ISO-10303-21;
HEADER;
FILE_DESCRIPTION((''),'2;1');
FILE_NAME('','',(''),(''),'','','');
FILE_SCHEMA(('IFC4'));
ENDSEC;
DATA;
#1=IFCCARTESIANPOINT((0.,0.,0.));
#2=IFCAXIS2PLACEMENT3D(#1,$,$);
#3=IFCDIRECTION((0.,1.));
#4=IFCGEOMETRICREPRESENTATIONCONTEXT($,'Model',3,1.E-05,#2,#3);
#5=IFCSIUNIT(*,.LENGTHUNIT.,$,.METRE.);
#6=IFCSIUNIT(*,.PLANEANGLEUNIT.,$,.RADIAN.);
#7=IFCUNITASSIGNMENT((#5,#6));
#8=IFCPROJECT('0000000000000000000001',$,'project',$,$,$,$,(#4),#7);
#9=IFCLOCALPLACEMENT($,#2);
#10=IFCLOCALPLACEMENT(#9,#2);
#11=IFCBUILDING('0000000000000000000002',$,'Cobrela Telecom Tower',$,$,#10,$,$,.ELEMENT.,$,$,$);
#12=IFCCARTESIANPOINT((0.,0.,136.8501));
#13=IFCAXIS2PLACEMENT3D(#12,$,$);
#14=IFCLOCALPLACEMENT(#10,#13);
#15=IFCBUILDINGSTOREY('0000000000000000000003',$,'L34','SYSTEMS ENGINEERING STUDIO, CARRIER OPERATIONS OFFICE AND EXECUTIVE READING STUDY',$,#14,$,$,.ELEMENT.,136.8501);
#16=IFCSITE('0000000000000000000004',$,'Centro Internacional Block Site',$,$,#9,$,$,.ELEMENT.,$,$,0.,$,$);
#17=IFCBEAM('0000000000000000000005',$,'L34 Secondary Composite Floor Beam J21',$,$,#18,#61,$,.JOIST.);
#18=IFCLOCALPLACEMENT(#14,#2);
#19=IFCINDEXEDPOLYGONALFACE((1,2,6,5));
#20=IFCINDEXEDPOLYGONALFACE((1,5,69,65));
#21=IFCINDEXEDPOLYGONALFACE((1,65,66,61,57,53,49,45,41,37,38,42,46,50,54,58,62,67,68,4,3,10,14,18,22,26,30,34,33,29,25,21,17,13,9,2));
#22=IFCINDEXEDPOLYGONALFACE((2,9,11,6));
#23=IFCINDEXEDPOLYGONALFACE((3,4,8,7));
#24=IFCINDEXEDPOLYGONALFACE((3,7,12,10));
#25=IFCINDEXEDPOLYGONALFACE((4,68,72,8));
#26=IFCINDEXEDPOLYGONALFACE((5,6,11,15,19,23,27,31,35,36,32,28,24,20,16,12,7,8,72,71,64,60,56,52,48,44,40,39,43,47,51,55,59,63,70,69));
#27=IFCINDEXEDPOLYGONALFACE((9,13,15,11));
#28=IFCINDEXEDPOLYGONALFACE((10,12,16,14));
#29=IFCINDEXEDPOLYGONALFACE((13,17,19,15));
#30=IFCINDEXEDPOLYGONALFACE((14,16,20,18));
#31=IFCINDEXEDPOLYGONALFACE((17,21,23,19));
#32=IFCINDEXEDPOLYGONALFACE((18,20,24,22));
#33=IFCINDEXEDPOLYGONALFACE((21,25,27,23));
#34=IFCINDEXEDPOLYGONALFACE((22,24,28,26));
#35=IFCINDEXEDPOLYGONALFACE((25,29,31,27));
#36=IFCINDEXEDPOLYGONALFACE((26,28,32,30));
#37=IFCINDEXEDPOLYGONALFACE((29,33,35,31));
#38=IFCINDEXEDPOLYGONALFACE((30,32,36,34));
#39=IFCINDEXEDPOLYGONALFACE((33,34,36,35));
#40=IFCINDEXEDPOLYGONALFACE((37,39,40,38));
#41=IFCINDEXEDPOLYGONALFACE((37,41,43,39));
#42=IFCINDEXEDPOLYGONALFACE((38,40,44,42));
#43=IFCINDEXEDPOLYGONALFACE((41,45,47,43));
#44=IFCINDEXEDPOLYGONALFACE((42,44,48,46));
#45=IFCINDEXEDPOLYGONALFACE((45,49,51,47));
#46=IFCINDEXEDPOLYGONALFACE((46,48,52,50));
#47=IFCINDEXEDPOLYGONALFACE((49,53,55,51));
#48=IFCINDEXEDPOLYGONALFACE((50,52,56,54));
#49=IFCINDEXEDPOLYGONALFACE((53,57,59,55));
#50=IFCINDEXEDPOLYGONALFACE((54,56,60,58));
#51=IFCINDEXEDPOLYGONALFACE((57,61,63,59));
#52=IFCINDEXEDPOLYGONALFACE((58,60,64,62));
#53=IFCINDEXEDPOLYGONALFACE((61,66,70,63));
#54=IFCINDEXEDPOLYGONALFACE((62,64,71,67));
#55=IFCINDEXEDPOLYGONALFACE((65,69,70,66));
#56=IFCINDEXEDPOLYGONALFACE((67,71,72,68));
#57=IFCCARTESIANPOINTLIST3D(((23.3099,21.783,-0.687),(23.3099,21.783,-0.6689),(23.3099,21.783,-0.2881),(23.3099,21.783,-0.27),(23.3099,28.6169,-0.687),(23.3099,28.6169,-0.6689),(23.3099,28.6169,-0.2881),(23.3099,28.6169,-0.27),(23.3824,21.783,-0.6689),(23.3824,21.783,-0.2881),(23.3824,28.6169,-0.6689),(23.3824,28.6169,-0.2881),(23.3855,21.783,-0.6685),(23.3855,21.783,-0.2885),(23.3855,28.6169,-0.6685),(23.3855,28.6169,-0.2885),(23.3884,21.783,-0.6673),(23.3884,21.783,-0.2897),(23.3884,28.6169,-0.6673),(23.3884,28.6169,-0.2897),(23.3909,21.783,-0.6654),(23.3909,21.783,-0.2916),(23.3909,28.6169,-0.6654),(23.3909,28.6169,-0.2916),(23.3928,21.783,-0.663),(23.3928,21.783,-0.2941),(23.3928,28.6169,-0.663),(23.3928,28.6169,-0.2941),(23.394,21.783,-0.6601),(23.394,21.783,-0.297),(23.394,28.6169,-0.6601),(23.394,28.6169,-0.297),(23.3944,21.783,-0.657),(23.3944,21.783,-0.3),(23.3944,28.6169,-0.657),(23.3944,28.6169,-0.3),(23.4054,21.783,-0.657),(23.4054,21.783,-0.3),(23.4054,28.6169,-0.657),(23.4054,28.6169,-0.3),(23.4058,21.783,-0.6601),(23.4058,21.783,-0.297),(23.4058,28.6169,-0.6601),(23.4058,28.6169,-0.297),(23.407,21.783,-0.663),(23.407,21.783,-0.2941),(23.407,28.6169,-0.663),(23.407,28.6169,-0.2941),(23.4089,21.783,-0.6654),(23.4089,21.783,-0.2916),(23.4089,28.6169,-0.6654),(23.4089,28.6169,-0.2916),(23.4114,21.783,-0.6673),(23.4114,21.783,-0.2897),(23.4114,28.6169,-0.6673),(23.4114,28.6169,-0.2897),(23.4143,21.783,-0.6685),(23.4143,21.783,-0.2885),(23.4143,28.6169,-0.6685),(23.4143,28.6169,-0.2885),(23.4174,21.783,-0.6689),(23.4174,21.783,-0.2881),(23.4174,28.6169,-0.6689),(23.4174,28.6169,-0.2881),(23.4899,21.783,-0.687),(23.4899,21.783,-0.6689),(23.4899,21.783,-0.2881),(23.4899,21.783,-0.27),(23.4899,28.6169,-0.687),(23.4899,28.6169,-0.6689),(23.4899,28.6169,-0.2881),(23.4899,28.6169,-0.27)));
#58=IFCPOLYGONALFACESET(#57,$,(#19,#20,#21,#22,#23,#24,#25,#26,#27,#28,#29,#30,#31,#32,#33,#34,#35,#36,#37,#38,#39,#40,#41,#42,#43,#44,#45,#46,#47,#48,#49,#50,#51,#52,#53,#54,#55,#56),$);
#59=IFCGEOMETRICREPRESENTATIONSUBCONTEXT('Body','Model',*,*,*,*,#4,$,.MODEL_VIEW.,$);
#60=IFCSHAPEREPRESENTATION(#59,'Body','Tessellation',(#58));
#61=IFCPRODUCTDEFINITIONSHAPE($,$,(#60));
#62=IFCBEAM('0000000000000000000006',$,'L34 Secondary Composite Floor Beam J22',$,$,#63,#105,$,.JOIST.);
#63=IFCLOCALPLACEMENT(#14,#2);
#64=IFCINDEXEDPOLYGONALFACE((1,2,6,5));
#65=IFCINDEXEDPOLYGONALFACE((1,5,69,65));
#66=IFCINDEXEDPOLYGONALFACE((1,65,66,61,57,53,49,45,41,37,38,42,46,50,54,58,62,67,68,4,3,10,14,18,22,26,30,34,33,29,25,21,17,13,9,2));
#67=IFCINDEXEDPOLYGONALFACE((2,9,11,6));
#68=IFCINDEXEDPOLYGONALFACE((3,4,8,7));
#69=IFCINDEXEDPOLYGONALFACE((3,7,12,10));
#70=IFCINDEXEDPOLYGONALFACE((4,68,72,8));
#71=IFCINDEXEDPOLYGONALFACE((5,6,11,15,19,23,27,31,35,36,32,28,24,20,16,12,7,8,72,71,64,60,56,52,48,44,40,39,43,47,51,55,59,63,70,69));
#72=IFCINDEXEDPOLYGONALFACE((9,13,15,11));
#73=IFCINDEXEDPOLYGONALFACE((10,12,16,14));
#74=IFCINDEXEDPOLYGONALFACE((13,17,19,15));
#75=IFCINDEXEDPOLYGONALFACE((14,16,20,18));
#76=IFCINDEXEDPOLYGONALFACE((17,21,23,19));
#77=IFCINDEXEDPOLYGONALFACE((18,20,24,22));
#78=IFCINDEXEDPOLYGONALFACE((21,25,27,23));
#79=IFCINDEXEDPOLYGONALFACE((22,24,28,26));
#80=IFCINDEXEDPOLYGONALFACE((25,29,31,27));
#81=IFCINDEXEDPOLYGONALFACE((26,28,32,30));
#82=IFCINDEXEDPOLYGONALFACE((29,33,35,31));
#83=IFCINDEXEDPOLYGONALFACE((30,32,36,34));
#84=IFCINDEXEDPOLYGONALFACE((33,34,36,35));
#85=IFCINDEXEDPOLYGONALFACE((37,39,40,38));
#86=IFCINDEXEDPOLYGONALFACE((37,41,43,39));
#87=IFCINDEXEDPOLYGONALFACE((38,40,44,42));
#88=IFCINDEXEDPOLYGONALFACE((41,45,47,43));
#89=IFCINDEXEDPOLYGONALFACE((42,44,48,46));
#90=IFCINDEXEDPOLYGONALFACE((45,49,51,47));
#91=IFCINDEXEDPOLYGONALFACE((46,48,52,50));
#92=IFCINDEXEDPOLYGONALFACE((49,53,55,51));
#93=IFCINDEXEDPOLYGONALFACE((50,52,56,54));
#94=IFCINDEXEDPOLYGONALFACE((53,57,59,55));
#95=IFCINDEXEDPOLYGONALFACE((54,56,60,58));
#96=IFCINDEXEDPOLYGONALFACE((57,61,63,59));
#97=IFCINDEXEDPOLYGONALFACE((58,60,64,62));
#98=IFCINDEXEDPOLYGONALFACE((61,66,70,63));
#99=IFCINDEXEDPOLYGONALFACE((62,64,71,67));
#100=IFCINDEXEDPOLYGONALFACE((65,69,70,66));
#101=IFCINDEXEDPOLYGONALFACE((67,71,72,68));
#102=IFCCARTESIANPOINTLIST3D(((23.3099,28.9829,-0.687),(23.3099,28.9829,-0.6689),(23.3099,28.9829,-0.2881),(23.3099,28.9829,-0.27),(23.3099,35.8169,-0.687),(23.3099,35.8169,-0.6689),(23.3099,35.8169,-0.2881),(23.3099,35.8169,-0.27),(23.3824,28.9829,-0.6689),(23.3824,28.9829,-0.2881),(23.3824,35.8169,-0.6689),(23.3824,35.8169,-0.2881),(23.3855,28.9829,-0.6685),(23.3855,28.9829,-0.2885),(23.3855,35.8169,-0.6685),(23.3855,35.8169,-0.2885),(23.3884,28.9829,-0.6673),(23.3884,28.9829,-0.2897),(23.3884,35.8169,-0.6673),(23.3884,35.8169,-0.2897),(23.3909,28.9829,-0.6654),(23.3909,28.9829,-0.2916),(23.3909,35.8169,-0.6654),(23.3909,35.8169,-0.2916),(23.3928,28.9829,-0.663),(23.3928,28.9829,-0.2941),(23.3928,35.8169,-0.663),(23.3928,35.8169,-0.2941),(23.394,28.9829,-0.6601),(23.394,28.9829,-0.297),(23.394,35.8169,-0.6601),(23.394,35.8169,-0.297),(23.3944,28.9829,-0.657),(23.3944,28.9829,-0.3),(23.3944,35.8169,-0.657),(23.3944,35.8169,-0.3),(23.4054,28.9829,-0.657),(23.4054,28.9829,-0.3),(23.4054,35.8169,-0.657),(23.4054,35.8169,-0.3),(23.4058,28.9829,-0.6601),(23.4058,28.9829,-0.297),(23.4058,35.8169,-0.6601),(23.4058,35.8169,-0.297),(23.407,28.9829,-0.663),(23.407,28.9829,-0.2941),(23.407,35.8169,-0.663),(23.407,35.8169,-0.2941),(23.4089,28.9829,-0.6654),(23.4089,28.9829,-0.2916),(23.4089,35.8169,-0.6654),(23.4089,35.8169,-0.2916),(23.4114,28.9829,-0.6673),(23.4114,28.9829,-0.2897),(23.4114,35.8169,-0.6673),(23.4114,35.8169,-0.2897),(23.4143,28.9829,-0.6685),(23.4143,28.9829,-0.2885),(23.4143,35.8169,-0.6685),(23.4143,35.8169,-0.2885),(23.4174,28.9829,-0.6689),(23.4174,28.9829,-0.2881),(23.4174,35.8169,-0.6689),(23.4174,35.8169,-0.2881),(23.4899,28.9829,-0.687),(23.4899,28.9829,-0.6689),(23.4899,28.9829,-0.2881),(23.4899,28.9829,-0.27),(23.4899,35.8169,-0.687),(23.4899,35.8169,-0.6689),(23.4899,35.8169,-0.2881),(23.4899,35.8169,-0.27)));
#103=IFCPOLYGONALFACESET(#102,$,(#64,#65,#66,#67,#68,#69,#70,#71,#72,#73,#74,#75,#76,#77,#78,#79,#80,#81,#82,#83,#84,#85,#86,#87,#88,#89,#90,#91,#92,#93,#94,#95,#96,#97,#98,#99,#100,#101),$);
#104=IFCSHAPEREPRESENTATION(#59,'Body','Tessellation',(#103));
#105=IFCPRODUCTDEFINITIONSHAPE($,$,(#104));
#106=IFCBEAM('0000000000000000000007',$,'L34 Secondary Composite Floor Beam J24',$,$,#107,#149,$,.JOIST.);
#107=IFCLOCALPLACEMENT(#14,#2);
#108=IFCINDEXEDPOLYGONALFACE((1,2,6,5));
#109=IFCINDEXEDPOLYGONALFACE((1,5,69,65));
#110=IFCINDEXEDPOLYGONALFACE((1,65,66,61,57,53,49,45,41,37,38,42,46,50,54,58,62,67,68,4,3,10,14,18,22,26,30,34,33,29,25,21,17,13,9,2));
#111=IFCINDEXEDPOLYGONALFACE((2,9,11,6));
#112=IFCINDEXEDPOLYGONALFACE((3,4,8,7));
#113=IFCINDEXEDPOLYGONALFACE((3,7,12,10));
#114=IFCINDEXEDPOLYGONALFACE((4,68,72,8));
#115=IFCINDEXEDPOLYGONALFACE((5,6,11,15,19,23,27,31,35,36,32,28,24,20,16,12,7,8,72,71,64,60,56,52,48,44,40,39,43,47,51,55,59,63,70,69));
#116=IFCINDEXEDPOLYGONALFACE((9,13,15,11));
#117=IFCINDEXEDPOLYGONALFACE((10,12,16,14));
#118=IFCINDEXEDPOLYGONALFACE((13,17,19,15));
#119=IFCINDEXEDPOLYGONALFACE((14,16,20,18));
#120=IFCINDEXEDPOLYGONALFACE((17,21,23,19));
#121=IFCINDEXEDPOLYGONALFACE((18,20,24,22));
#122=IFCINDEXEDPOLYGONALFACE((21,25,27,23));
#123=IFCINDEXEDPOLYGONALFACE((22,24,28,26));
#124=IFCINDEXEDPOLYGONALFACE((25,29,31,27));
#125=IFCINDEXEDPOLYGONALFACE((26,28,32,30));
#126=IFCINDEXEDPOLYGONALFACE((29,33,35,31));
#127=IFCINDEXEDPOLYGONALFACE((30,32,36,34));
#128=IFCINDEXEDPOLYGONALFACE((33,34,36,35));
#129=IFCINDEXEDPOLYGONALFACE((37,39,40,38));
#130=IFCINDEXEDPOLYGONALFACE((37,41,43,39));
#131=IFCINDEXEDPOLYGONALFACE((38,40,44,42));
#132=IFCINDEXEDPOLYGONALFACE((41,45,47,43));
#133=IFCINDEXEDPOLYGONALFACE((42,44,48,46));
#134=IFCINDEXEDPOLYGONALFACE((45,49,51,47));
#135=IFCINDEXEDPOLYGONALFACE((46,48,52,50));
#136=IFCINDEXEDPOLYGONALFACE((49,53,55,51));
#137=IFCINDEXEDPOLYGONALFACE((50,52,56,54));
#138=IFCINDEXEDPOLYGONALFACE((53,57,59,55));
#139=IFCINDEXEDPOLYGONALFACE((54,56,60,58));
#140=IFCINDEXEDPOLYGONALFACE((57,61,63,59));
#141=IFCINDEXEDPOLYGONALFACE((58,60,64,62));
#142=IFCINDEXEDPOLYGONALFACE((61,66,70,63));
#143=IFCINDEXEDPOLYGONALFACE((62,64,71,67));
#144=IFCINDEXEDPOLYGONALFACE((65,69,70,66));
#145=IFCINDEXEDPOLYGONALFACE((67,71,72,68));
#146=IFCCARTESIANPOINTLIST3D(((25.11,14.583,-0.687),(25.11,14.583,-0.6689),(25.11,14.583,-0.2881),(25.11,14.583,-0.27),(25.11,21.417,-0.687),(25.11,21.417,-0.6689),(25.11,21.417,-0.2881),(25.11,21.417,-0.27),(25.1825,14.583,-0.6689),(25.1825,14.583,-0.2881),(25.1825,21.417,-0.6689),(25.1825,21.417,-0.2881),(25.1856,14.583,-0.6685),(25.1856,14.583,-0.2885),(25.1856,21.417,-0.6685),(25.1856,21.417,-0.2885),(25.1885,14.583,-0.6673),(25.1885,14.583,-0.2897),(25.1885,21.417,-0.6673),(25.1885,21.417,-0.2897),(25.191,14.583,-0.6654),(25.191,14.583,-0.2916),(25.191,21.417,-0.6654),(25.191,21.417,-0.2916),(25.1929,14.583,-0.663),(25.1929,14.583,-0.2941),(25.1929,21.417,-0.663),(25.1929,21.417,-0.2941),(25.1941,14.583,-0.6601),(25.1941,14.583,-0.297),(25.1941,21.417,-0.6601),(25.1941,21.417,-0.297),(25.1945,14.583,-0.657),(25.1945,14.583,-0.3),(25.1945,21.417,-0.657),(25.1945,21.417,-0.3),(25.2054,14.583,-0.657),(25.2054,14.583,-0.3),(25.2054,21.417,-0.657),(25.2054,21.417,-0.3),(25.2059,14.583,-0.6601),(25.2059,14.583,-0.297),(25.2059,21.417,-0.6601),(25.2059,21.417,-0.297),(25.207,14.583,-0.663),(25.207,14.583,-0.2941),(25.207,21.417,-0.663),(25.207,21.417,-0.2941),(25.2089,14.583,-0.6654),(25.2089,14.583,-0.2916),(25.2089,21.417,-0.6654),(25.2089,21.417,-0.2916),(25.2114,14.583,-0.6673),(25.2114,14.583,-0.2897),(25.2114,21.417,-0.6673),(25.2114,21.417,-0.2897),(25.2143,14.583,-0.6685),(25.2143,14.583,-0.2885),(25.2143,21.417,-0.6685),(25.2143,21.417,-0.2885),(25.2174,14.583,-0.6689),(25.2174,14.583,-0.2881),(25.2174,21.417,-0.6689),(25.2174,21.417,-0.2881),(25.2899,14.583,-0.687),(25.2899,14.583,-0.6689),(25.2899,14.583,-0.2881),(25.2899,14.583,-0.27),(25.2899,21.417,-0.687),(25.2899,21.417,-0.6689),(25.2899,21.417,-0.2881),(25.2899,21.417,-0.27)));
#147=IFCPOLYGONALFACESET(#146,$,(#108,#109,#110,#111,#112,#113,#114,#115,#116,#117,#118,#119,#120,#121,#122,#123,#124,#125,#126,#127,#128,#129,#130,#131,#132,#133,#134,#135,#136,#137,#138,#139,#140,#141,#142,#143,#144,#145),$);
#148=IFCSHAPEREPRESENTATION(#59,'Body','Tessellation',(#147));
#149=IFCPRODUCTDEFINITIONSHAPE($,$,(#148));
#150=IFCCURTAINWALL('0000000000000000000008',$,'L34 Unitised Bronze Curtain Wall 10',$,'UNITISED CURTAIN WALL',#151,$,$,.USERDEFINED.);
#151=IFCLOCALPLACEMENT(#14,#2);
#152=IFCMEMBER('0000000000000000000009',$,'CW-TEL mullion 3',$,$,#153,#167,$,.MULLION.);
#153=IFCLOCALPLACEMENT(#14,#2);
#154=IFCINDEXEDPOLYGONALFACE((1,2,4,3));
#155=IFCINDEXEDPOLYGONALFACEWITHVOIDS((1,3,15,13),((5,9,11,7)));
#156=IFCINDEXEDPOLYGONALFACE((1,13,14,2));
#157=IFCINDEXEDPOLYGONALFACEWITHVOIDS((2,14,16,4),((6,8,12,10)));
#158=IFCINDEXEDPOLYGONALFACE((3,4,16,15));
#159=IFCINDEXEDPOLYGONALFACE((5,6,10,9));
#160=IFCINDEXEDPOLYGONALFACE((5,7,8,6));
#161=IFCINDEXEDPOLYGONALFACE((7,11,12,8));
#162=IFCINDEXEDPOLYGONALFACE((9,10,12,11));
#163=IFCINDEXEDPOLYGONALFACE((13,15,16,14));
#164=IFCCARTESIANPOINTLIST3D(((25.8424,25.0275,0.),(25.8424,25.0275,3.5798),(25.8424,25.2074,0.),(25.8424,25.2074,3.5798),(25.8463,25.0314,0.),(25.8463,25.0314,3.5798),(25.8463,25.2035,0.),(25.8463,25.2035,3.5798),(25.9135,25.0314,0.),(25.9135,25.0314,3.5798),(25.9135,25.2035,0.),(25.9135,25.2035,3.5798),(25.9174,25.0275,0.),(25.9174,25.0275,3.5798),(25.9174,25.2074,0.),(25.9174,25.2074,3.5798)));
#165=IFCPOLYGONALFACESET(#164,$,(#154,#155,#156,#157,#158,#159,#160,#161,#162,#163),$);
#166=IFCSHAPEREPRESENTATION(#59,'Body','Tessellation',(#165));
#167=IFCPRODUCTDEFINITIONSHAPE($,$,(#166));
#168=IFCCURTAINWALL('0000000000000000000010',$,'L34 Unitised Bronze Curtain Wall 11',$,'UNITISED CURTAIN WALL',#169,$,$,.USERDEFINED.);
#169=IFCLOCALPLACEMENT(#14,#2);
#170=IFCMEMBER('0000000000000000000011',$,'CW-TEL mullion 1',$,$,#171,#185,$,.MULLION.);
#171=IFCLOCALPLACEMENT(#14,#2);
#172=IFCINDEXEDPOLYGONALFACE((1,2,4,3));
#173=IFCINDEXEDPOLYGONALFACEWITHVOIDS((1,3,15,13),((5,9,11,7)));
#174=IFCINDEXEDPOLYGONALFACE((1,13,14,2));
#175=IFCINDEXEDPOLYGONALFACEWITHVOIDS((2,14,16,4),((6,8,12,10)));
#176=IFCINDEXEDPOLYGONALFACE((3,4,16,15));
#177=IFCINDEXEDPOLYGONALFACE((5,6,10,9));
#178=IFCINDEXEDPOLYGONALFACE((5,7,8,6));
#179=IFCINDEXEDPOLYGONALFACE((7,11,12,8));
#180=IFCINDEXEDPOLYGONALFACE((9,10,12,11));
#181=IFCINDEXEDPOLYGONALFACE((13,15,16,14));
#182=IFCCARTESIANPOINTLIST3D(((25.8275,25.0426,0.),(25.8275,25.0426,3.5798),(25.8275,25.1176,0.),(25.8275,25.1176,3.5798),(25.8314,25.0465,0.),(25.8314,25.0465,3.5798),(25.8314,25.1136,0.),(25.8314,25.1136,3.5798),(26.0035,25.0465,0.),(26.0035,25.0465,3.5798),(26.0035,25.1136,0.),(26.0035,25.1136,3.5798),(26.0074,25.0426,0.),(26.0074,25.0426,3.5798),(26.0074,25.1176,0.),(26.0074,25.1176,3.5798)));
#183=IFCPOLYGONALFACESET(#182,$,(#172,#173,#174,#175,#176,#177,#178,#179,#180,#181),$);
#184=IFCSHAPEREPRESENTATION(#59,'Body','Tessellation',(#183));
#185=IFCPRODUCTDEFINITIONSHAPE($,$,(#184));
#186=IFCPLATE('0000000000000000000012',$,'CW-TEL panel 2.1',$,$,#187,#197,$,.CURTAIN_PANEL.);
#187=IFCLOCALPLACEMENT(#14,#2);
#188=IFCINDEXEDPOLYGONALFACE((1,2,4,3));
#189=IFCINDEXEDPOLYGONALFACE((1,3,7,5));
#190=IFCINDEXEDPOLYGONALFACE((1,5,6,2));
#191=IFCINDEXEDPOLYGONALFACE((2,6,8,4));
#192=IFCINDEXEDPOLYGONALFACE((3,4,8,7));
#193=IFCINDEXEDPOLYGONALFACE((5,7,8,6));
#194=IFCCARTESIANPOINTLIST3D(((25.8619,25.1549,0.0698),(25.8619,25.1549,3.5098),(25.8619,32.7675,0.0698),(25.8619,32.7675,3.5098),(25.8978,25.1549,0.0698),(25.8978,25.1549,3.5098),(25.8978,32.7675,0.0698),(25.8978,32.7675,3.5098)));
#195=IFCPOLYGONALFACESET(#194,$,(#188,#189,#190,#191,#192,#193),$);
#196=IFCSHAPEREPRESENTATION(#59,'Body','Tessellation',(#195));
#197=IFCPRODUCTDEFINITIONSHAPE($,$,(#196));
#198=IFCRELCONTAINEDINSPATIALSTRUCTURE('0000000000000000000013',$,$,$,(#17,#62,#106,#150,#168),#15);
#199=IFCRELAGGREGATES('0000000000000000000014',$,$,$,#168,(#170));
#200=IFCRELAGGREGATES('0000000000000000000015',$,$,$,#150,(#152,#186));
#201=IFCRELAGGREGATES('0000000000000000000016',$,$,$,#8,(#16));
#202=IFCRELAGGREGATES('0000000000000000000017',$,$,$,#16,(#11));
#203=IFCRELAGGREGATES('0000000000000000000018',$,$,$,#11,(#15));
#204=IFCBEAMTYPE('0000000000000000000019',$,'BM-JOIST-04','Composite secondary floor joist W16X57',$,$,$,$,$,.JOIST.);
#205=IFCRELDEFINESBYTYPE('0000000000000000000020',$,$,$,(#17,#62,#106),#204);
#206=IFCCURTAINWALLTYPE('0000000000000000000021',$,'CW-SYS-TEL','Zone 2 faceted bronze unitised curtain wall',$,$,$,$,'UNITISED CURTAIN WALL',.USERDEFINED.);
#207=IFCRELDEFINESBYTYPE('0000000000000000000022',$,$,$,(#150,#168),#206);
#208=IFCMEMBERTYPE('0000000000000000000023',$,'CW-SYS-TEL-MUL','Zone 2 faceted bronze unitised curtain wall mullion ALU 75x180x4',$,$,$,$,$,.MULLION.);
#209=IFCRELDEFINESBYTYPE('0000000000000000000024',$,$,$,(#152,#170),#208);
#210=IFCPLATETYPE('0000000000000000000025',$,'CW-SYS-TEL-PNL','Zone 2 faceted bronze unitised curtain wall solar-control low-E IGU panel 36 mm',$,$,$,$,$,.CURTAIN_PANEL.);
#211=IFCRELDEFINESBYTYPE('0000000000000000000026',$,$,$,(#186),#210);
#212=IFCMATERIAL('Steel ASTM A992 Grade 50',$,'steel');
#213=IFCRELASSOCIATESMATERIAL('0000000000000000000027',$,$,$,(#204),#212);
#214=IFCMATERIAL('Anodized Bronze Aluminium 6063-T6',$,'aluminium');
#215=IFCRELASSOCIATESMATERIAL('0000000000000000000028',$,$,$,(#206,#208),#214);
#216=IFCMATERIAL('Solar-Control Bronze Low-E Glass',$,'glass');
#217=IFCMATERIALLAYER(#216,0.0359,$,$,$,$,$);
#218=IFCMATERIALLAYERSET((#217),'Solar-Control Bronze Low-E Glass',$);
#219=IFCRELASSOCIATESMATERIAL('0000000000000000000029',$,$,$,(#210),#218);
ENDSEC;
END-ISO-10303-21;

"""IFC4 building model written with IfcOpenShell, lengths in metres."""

from ifc_helpers import new_model, si_unit, direction, frame, origin, origin_2d, place, context, subcontext, project, spatial, rectangle, hollow_rectangle, i_section, extrude, material, layer, layer_set, material_profile, profile_set, type_object, element, aggregate, save


model = new_model("IFC4")

# Units and contexts
model_context = context("Model", 3, precision=1e-05, world=origin(), true_north=direction((0.0, 1.0)))
body_context = subcontext(model_context, "Body", "Model", "MODEL_VIEW")
ifc_project = project(units=[si_unit("LENGTHUNIT", "METRE"), si_unit("PLANEANGLEUNIT", "RADIAN")], contexts=[model_context])

# Site, building, storey
site_placement = place(None, origin())
site = spatial("IfcSite", under=ifc_project, at=site_placement, Name="Centro Internacional Block Site", CompositionType="ELEMENT", RefElevation=0.0)
building_placement = place(site_placement, origin())
building = spatial("IfcBuilding", under=site, at=building_placement, Name="Cobrela Telecom Tower", CompositionType="ELEMENT")
storey_placement = place(building_placement, frame((0.0, 0.0, 136.8501)))
storey = spatial("IfcBuildingStorey", under=building, at=storey_placement, Name="L34", Description="SYSTEMS ENGINEERING STUDIO, CARRIER OPERATIONS OFFICE AND EXECUTIVE READING STUDY", CompositionType="ELEMENT", Elevation=136.8501)

# Shared definitions
ifc_material_1 = material(Name="Steel ASTM A992 Grade 50", Category="steel")

# Beams
ifc_material_profile_1 = material_profile(ifc_material_1, i_section(OverallWidth=0.1799, OverallDepth=0.417, WebThickness=0.011, FlangeThickness=0.0181, FilletRadius=0.012, at=origin_2d()), Name="W16X57")
ifc_profile_set_1 = profile_set([ifc_material_profile_1], Name="Steel ASTM A992 Grade 50")
beam_type_1 = type_object("IfcBeamType", Name="BM-JOIST-04", Description="Composite secondary floor joist W16X57", PredefinedType="JOIST", material=ifc_profile_set_1)
for number, where, z_axis, x_axis, name in (
    (1, (23.3999, 21.783, -0.4785), (0.0, 1.0, 0.0), (-1.0, 0.0, 0.0), "L34 Secondary Composite Floor Beam J21"),
    (2, (23.3999, 28.9829, -0.4785), (0.0, 1.0, 0.0), (-1.0, 0.0, 0.0), "L34 Secondary Composite Floor Beam J22"),
    (3, (25.2, 14.583, -0.4785), (0.0, 1.0, 0.0), (-1.0, 0.0, 0.0), "L34 Secondary Composite Floor Beam J24"),
):
    element("IfcBeam", number, at=place(storey_placement, frame(where, z_axis=z_axis, x_axis=x_axis)), inside=storey, type_object=beam_type_1, Name=name, PredefinedType="JOIST", context=body_context, shape_type="SweptSolid", body=[
        extrude(i_section(OverallWidth=0.1799, OverallDepth=0.417, WebThickness=0.011, FlangeThickness=0.0181, FilletRadius=0.012, at=origin_2d()), origin(), (0.0, 0.0, 1.0), 6.834),
    ])

# Curtain walls, members
ifc_material_2 = material(Name="Anodized Bronze Aluminium 6063-T6", Category="aluminium")
curtain_wall_type = type_object("IfcCurtainWallType", Name="CW-SYS-TEL", Description="Zone 2 faceted bronze unitised curtain wall", ElementType="UNITISED CURTAIN WALL", PredefinedType="USERDEFINED", material=ifc_material_2)
curtain_wall_1_placement = place(storey_placement, origin())
curtain_wall_1 = element("IfcCurtainWall", 4, at=curtain_wall_1_placement, inside=storey, type_object=curtain_wall_type, Name="L34 Unitised Bronze Curtain Wall 10", ObjectType="UNITISED CURTAIN WALL", PredefinedType="USERDEFINED")
ifc_material_profile_2 = material_profile(ifc_material_2, hollow_rectangle(XDim=0.075, YDim=0.1799, WallThickness=0.0039, at=origin_2d()), Name="ALU 75x180x4")
ifc_profile_set_2 = profile_set([ifc_material_profile_2], Name="Anodized Bronze Aluminium 6063-T6")
member_type = type_object("IfcMemberType", Name="CW-SYS-TEL-MUL", Description="Zone 2 faceted bronze unitised curtain wall mullion ALU 75x180x4", PredefinedType="MULLION", material=ifc_profile_set_2)
member_1_placement = place(storey_placement, frame((25.8799, 25.1174, 0.0), z_axis=(0.0, 0.0, 1.0), x_axis=(1.0, 0.0, 0.0)))
member_1 = element("IfcMember", 5, at=member_1_placement, type_object=member_type, Name="CW-TEL mullion 3", PredefinedType="MULLION", context=body_context, shape_type="SweptSolid", body=[
    extrude(hollow_rectangle(XDim=0.075, YDim=0.1799, WallThickness=0.0039, at=origin_2d()), origin(), (0.0, 0.0, 1.0), 3.5798),
])
curtain_wall_2_placement = place(storey_placement, origin())
curtain_wall_2 = element("IfcCurtainWall", 6, at=curtain_wall_2_placement, inside=storey, type_object=curtain_wall_type, Name="L34 Unitised Bronze Curtain Wall 11", ObjectType="UNITISED CURTAIN WALL", PredefinedType="USERDEFINED")
member_2_placement = place(storey_placement, frame((25.9175, 25.0801, 0.0), z_axis=(0.0, 0.0, 1.0), x_axis=(0.0, 1.0, 0.0)))
member_2 = element("IfcMember", 7, at=member_2_placement, type_object=member_type, Name="CW-TEL mullion 1", PredefinedType="MULLION", context=body_context, shape_type="SweptSolid", body=[
    extrude(hollow_rectangle(XDim=0.075, YDim=0.1799, WallThickness=0.0039, at=origin_2d()), origin(), (0.0, 0.0, 1.0), 3.5798),
])
aggregate(curtain_wall_2, [member_2])

# Plate
ifc_material_3 = material(Name="Solar-Control Bronze Low-E Glass", Category="glass")
ifc_layer_1 = layer(ifc_material_3, 0.0359)
ifc_layer_set_1 = layer_set([ifc_layer_1], Name="Solar-Control Bronze Low-E Glass")
plate_type = type_object("IfcPlateType", Name="CW-SYS-TEL-PNL", Description="Zone 2 faceted bronze unitised curtain wall solar-control low-E IGU panel 36 mm", PredefinedType="CURTAIN_PANEL", material=ifc_layer_set_1)
plate_placement = place(storey_placement, frame((25.8799, 28.9612, 0.0698), z_axis=(0.0, 0.0, 1.0), x_axis=(0.0, -1.0, 0.0)))
plate = element("IfcPlate", 8, at=plate_placement, type_object=plate_type, Name="CW-TEL panel 2.1", PredefinedType="CURTAIN_PANEL", context=body_context, shape_type="SweptSolid", body=[
    extrude(rectangle(XDim=7.6125, YDim=0.0359, at=origin_2d()), origin(), (0.0, 0.0, 1.0), 3.4399),
])
aggregate(curtain_wall_1, [member_1, plate])

save(model, "model.ifc")
